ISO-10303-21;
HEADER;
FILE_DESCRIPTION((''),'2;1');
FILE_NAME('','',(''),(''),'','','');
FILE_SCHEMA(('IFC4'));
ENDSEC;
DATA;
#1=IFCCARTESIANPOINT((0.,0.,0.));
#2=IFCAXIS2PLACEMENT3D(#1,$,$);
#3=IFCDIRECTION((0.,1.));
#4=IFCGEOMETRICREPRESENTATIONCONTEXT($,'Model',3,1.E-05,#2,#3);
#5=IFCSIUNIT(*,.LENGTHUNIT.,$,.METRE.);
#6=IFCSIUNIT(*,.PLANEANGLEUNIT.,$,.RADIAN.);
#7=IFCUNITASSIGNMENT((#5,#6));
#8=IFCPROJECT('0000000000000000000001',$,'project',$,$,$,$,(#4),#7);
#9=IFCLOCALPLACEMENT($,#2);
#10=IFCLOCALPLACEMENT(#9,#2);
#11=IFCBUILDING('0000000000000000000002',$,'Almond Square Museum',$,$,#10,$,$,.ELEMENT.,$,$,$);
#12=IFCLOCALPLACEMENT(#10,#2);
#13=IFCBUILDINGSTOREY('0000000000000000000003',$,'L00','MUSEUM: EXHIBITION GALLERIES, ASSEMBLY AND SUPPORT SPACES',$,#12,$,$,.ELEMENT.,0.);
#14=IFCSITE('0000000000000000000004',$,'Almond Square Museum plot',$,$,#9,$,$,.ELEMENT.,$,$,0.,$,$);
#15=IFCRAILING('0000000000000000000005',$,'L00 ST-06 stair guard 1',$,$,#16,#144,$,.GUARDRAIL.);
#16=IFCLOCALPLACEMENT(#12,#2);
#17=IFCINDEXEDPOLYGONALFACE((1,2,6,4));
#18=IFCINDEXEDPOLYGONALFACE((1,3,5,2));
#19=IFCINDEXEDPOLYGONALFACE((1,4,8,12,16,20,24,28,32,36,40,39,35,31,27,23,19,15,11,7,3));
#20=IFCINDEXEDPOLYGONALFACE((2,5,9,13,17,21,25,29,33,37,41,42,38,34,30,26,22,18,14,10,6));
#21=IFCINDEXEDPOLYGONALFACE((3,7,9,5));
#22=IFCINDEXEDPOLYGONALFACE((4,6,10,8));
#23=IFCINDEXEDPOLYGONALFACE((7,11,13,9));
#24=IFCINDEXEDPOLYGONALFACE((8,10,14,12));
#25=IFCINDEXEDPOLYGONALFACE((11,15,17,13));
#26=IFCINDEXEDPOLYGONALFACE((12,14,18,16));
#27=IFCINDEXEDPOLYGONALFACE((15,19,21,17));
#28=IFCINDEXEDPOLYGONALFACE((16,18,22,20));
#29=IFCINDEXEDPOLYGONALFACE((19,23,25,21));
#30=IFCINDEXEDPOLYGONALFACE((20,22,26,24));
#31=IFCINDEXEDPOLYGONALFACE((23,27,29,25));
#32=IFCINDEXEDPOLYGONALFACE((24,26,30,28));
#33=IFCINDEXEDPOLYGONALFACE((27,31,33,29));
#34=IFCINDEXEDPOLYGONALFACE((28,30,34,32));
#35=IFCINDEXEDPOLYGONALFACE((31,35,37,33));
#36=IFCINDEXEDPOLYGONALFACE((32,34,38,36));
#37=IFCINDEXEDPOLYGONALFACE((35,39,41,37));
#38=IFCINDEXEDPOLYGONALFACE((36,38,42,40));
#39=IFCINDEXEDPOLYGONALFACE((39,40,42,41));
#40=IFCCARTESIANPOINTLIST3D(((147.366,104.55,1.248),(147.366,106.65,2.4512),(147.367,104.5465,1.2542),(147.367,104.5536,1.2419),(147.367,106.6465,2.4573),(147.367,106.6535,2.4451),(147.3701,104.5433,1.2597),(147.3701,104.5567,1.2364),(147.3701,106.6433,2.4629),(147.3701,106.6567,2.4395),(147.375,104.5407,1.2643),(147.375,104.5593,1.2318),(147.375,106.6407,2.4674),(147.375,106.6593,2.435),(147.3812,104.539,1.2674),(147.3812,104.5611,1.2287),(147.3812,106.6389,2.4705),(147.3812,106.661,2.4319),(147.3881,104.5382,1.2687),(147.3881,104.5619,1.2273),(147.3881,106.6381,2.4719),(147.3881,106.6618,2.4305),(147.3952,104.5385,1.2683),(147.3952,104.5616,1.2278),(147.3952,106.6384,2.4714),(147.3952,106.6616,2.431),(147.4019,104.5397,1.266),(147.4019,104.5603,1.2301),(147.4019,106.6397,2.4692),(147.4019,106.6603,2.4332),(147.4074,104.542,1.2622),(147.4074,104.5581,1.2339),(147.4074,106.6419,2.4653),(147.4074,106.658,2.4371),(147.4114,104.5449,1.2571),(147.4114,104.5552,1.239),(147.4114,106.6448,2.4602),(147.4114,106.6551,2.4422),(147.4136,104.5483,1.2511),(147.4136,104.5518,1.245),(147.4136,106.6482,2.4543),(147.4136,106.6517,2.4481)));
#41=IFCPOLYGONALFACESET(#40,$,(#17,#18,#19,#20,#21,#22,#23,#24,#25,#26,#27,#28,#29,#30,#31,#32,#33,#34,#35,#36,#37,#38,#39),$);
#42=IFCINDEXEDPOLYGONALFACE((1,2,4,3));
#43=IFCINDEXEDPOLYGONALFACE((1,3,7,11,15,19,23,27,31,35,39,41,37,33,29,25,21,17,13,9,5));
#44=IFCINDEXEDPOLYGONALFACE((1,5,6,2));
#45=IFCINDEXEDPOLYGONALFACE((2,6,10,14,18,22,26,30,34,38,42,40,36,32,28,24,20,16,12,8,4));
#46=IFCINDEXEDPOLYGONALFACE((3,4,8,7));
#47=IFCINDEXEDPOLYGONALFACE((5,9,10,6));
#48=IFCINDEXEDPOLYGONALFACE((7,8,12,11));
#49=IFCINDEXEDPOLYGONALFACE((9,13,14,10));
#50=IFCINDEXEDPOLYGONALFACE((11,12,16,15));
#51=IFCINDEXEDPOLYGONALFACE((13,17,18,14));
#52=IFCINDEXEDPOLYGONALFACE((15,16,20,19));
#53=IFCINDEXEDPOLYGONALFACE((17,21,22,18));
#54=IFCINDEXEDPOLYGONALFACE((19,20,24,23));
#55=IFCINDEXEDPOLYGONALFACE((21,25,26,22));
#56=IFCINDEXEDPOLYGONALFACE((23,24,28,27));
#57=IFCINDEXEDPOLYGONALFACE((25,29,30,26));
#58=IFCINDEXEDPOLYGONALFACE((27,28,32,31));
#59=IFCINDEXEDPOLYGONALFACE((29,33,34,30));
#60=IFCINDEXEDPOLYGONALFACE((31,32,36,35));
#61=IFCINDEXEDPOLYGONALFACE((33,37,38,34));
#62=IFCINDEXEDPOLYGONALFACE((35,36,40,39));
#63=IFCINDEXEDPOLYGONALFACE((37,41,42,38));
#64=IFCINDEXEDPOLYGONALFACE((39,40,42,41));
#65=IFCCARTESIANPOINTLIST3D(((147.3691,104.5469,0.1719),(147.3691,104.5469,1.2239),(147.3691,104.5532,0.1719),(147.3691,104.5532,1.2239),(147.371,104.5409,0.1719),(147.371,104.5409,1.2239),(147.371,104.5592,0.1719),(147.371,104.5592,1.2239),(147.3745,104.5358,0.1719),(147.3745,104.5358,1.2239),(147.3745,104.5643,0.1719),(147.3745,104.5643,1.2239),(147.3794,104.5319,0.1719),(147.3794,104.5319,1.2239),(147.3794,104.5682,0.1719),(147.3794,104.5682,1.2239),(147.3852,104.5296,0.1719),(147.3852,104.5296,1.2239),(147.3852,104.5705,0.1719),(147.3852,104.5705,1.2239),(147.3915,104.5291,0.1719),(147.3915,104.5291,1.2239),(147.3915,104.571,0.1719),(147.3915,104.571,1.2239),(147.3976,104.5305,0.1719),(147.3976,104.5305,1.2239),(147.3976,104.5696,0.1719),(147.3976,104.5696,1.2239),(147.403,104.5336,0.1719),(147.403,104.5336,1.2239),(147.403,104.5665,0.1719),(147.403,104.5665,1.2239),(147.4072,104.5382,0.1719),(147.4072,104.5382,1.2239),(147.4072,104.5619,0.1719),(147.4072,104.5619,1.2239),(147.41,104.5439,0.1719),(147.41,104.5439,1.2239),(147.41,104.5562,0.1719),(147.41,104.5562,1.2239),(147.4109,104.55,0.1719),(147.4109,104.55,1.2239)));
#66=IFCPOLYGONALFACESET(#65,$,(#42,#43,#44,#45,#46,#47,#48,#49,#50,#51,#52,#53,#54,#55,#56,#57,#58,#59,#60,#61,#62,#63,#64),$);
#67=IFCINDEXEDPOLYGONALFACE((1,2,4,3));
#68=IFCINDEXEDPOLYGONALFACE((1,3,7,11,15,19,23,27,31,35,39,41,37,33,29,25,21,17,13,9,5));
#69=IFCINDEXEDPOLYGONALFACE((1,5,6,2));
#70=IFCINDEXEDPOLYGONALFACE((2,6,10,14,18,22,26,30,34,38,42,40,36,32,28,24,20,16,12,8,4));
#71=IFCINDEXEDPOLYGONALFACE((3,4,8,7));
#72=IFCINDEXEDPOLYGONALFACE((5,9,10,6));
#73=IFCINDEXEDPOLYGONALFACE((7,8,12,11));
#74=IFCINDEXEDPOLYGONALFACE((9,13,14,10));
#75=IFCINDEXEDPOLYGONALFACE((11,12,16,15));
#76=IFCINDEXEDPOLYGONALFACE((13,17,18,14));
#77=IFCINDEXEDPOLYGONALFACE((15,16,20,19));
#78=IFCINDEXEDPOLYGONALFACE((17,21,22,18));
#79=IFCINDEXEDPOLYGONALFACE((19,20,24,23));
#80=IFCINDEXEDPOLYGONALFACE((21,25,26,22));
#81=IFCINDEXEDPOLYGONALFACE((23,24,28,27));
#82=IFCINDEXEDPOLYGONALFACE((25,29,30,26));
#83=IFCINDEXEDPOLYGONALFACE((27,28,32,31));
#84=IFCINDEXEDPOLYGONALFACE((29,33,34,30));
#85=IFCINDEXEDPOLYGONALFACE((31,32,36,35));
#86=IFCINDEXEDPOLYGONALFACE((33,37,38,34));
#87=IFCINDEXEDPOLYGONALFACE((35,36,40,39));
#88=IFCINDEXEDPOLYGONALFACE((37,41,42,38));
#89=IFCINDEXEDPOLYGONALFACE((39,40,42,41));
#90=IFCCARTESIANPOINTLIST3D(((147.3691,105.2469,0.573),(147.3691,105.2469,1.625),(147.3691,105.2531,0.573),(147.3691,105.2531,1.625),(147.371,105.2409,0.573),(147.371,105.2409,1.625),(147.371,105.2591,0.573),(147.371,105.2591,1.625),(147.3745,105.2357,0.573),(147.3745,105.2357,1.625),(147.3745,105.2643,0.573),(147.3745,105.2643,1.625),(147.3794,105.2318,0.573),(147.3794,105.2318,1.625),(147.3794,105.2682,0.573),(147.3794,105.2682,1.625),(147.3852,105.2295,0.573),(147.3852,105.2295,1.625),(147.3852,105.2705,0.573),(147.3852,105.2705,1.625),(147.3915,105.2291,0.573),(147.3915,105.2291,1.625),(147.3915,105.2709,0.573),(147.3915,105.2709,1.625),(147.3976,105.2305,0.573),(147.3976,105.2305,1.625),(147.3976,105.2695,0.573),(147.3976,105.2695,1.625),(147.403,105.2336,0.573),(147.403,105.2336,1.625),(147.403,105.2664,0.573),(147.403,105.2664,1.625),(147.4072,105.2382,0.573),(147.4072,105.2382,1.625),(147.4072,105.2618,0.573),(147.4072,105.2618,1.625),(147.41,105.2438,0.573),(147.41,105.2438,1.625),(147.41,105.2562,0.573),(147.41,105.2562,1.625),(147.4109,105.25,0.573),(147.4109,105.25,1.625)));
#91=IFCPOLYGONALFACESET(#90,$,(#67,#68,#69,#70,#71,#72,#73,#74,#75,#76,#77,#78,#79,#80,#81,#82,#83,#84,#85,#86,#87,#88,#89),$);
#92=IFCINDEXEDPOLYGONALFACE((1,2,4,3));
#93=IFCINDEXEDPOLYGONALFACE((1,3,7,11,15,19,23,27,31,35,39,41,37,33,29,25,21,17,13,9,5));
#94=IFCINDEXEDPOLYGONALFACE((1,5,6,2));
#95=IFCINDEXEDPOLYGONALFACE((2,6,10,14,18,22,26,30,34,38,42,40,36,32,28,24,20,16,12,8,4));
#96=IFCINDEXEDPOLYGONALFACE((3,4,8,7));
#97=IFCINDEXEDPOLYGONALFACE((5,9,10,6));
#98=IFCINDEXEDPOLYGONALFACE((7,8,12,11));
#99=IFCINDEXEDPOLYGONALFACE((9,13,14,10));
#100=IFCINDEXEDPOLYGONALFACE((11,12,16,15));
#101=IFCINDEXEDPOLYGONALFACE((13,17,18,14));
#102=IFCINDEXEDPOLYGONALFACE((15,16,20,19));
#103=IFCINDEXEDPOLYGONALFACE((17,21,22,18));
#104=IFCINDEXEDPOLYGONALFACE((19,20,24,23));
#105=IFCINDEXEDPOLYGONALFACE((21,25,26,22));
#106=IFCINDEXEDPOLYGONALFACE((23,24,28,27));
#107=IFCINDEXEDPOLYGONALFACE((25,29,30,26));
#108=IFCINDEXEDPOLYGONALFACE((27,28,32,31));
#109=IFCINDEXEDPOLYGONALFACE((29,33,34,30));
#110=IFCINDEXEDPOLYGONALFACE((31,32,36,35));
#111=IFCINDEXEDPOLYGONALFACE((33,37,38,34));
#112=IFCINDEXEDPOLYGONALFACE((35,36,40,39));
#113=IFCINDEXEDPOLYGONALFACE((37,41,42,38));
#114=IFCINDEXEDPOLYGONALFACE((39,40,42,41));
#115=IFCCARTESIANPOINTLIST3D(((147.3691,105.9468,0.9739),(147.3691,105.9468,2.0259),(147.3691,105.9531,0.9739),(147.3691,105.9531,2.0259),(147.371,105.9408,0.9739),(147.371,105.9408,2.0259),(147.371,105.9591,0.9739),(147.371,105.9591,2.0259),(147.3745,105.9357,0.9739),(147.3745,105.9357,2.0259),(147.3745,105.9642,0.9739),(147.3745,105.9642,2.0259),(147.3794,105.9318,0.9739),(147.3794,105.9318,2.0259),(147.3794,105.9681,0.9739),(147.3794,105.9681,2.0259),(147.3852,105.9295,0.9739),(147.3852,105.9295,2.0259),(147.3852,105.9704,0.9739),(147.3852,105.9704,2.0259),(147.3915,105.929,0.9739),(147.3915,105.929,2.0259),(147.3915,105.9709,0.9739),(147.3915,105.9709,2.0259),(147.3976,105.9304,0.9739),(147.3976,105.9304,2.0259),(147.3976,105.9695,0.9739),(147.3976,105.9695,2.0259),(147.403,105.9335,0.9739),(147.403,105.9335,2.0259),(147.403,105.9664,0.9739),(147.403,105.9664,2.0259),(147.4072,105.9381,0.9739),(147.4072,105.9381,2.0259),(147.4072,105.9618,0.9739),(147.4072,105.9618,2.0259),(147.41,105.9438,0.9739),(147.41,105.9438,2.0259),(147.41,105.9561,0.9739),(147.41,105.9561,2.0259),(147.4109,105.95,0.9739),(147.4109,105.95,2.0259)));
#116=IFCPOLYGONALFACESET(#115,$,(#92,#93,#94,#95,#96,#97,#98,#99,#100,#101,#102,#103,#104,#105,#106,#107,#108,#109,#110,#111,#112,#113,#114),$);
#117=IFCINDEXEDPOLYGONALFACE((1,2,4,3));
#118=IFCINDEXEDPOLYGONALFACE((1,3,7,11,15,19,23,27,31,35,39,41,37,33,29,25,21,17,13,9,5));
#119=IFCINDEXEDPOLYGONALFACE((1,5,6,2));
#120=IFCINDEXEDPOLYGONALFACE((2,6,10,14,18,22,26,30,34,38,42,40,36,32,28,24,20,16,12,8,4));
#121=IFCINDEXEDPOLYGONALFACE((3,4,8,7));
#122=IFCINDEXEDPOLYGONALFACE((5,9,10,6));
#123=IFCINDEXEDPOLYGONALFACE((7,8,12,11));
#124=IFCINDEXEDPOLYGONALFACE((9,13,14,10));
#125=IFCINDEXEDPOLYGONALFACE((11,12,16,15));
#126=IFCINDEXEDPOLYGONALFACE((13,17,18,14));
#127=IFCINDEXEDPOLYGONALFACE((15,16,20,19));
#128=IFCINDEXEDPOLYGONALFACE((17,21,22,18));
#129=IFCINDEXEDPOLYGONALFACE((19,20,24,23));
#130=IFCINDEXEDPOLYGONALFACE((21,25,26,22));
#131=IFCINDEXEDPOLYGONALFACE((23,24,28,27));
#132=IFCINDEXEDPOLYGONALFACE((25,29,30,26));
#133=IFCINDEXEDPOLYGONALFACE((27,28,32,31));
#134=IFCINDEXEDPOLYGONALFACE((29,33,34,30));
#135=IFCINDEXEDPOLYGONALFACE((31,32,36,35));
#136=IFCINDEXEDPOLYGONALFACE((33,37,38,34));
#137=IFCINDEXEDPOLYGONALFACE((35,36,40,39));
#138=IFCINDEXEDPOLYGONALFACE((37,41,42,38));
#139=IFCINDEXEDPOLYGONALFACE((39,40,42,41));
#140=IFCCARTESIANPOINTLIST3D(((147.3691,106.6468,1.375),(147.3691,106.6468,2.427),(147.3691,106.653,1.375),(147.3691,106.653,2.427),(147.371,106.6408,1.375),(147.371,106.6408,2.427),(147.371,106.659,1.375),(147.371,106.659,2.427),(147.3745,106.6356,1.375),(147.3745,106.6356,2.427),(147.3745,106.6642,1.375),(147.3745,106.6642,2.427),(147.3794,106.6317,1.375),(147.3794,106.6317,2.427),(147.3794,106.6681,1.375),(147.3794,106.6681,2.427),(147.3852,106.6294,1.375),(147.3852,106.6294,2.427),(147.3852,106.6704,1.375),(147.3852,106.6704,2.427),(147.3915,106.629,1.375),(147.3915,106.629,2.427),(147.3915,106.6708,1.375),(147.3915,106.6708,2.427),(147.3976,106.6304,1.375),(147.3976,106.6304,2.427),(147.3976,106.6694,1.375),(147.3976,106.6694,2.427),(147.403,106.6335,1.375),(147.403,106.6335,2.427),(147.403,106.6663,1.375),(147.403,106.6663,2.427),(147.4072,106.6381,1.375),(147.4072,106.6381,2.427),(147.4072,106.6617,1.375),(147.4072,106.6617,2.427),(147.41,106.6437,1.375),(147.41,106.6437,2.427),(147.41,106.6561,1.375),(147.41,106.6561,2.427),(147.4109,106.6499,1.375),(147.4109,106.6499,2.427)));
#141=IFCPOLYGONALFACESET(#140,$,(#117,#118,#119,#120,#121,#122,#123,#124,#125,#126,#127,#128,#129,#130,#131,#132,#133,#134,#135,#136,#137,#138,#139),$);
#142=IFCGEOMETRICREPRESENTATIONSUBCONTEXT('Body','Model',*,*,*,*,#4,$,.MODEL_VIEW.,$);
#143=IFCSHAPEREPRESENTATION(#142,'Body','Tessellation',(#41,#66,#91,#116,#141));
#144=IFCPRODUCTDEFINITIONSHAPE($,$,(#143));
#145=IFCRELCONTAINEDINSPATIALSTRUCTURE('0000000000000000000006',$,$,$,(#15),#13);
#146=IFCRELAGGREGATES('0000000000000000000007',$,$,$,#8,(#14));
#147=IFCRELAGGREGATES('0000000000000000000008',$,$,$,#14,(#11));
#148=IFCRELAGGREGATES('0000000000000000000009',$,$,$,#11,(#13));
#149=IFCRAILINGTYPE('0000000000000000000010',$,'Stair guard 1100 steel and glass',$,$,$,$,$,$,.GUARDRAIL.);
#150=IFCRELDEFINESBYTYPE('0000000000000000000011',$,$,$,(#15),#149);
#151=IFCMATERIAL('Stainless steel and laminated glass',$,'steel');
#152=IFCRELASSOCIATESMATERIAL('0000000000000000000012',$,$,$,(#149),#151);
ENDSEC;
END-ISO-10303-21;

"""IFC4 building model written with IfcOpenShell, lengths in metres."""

from ifc_helpers import new_model, si_unit, direction, frame, origin, origin_2d, place, context, subcontext, project, spatial, circle, extrude, material, type_object, element, save


model = new_model("IFC4")

# Units and contexts
model_context = context("Model", 3, precision=1e-05, world=origin(), true_north=direction((0.0, 1.0)))
body_context = subcontext(model_context, "Body", "Model", "MODEL_VIEW")
ifc_project = project(units=[si_unit("LENGTHUNIT", "METRE"), si_unit("PLANEANGLEUNIT", "RADIAN")], contexts=[model_context])

# Site, building, storey
site_placement = place(None, origin())
site = spatial("IfcSite", under=ifc_project, at=site_placement, Name="Almond Square Museum plot", CompositionType="ELEMENT", RefElevation=0.0)
building_placement = place(site_placement, origin())
building = spatial("IfcBuilding", under=site, at=building_placement, Name="Almond Square Museum", CompositionType="ELEMENT")
storey_placement = place(building_placement, origin())
storey = spatial("IfcBuildingStorey", under=building, at=storey_placement, Name="L00", Description="MUSEUM: EXHIBITION GALLERIES, ASSEMBLY AND SUPPORT SPACES", CompositionType="ELEMENT", Elevation=0.0)

# Railing
ifc_material_1 = material(Name="Stainless steel and laminated glass", Category="steel")
railing_type_1 = type_object("IfcRailingType", Name="Stair guard 1100 steel and glass", PredefinedType="GUARDRAIL", material=ifc_material_1)
railing_1_placement = place(storey_placement, frame((147.3899, 104.55, 0.1719)))
element("IfcRailing", 1, at=railing_1_placement, inside=storey, type_object=railing_type_1, Name="L00 ST-06 stair guard 1", PredefinedType="GUARDRAIL", context=body_context, shape_type="SweptSolid", body=[
    extrude(circle(Radius=0.0239, at=origin_2d()), frame((0.0, 0.0, 1.0762), z_axis=(0.0, 0.867671, 0.497138), x_axis=(-1.0, 0.0, 0.0)), (0.0, 0.0, 1.0), 2.4202),
    extrude(circle(Radius=0.021, at=origin_2d()), origin(), (0.0, 0.0, 1.0), 1.052),
    extrude(circle(Radius=0.021, at=origin_2d()), frame((0.0, 0.7, 0.4011)), (0.0, 0.0, 1.0), 1.052),
    extrude(circle(Radius=0.021, at=origin_2d()), frame((0.0, 1.3999, 0.802)), (0.0, 0.0, 1.0), 1.052),
    extrude(circle(Radius=0.021, at=origin_2d()), frame((0.0, 2.0999, 1.2031)), (0.0, 0.0, 1.0), 1.052),
])

save(model, "model.ifc")
